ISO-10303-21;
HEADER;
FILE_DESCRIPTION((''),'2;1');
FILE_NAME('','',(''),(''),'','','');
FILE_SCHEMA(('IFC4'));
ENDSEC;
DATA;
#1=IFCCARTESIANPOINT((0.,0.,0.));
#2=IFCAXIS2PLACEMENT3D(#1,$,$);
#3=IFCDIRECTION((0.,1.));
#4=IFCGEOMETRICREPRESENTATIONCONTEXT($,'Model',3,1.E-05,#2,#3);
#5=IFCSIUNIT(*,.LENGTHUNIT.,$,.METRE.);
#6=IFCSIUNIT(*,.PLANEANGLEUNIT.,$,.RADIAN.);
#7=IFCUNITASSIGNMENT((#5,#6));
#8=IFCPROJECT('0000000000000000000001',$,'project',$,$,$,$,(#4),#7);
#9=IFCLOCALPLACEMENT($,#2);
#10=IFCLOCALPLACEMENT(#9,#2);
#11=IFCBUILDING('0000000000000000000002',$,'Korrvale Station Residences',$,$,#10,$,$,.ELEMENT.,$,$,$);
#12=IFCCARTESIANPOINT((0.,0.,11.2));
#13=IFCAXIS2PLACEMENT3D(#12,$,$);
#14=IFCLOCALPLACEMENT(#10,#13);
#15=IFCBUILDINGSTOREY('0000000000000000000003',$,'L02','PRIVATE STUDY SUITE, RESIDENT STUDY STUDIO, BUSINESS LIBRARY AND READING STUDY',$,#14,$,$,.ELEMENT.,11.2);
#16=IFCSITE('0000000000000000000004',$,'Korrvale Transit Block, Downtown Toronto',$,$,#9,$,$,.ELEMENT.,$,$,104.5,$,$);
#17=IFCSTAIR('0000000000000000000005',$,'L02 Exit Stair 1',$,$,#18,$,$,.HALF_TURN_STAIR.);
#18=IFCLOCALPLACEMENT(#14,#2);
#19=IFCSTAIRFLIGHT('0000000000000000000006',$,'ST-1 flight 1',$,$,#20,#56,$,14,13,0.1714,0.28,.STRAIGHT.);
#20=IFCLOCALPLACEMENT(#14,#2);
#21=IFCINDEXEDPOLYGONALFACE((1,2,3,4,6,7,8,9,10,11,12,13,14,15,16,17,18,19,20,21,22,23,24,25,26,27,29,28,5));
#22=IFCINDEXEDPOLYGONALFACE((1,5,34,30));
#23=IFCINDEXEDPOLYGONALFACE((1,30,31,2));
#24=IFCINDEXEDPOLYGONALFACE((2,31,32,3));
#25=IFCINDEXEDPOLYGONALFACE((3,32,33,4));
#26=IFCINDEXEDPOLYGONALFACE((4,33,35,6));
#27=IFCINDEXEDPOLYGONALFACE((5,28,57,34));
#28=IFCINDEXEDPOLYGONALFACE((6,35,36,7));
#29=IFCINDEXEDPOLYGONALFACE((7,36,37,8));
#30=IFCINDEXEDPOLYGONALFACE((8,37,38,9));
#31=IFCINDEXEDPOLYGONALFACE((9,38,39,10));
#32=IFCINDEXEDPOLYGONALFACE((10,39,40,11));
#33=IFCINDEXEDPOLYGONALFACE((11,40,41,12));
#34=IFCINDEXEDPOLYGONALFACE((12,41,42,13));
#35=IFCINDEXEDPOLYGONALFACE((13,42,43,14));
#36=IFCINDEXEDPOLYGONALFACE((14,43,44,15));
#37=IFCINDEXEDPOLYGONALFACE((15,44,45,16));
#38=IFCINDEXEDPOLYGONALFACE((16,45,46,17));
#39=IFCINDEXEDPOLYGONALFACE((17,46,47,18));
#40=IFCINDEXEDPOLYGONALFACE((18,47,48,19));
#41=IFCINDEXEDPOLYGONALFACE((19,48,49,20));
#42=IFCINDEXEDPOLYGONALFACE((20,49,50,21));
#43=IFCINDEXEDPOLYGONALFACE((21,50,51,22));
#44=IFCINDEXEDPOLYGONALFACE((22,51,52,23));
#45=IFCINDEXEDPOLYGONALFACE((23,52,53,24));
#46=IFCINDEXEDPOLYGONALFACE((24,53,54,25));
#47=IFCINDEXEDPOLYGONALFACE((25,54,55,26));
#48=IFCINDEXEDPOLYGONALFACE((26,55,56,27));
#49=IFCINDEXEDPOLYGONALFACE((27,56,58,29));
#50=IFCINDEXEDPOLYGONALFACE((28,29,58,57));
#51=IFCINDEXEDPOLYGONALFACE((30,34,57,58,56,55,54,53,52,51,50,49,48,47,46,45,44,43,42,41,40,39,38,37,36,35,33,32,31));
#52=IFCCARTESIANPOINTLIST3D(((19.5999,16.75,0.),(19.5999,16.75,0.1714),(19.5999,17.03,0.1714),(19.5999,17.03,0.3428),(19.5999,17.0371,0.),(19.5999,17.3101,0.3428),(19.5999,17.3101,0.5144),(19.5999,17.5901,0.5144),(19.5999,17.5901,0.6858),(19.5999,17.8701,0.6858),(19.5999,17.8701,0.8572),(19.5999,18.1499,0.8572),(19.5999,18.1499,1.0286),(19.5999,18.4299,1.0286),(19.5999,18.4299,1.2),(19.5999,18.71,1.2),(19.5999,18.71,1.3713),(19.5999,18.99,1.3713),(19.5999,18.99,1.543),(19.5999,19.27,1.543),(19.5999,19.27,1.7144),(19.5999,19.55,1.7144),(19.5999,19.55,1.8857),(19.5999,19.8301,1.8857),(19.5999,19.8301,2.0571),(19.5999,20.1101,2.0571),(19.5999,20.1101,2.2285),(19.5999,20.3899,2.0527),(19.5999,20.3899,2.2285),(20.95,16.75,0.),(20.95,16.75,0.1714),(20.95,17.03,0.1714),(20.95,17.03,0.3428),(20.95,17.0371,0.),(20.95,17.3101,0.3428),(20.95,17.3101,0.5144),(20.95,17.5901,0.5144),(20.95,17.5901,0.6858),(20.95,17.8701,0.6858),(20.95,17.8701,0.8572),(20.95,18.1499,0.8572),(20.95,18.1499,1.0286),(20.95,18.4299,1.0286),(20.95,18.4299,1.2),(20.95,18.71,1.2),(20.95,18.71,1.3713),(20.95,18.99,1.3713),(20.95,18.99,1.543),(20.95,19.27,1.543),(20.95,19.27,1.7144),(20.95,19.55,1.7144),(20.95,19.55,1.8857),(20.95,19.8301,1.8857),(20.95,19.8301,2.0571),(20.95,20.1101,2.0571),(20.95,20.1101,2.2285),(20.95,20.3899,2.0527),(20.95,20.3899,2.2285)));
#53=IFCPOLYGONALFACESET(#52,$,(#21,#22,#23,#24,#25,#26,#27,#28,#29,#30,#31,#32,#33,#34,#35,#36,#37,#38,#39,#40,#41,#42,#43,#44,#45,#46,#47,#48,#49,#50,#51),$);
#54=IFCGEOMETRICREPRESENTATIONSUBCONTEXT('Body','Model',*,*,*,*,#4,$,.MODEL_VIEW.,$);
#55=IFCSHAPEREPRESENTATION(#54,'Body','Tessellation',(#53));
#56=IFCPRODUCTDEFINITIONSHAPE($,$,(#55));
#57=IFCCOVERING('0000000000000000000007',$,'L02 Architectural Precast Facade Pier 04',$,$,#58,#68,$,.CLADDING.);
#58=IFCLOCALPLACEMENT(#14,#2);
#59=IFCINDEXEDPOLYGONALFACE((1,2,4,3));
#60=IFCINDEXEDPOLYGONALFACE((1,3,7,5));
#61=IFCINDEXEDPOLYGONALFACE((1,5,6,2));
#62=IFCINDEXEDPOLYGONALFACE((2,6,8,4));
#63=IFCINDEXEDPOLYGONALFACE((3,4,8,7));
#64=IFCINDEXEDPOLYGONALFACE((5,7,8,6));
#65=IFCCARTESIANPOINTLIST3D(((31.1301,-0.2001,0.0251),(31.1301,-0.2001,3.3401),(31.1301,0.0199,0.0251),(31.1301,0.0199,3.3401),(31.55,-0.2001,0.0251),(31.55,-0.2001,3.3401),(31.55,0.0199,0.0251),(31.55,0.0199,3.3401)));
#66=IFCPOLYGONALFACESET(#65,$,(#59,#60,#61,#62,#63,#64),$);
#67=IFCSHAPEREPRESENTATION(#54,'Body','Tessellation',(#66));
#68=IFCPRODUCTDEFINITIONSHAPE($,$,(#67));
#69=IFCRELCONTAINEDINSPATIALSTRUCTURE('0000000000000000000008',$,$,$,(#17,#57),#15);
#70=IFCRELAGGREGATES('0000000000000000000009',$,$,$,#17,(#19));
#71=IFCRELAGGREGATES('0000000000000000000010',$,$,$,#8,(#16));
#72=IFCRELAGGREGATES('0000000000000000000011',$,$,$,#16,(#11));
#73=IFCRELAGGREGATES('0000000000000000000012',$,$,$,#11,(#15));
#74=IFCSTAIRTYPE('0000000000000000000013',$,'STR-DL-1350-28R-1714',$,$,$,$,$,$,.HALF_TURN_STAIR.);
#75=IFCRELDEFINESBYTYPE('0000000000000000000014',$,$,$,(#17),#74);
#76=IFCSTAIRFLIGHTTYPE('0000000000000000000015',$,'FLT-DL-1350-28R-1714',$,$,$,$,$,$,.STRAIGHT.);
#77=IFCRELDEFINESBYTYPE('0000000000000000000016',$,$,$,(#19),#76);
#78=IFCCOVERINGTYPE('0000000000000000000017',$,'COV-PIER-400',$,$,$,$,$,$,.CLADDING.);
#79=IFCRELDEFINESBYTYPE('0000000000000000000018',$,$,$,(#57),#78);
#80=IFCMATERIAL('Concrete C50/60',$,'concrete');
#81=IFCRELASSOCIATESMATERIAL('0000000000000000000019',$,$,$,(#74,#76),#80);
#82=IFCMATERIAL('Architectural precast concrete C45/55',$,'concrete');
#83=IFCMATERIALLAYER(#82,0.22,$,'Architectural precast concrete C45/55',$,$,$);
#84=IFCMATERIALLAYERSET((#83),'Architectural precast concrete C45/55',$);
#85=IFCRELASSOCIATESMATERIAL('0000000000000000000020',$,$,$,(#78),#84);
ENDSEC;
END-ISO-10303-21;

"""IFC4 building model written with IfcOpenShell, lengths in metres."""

from ifc_helpers import new_model, si_unit, direction, frame, origin, origin_2d, place, context, subcontext, project, spatial, polyline, rectangle, outline, extrude, material, layer, layer_set, type_object, element, aggregate, save


model = new_model("IFC4")

# Units and contexts
model_context = context("Model", 3, precision=1e-05, world=origin(), true_north=direction((0.0, 1.0)))
body_context = subcontext(model_context, "Body", "Model", "MODEL_VIEW")
ifc_project = project(units=[si_unit("LENGTHUNIT", "METRE"), si_unit("PLANEANGLEUNIT", "RADIAN")], contexts=[model_context])

# Site, building, storey
site_placement = place(None, origin())
site = spatial("IfcSite", under=ifc_project, at=site_placement, Name="Korrvale Transit Block, Downtown Toronto", CompositionType="ELEMENT", RefElevation=104.5)
building_placement = place(site_placement, origin())
building = spatial("IfcBuilding", under=site, at=building_placement, Name="Korrvale Station Residences", CompositionType="ELEMENT")
storey_placement = place(building_placement, frame((0.0, 0.0, 11.2)))
storey = spatial("IfcBuildingStorey", under=building, at=storey_placement, Name="L02", Description="PRIVATE STUDY SUITE, RESIDENT STUDY STUDIO, BUSINESS LIBRARY AND READING STUDY", CompositionType="ELEMENT", Elevation=11.2)

# Stair, stair flight
ifc_material_1 = material(Name="Concrete C50/60", Category="concrete")
stair_type = type_object("IfcStairType", Name="STR-DL-1350-28R-1714", PredefinedType="HALF_TURN_STAIR", material=ifc_material_1)
stair_placement = place(storey_placement, origin())
stair = element("IfcStair", 1, at=stair_placement, inside=storey, type_object=stair_type, Name="L02 Exit Stair 1", PredefinedType="HALF_TURN_STAIR")
stair_flight_type = type_object("IfcStairFlightType", Name="FLT-DL-1350-28R-1714", PredefinedType="STRAIGHT", material=ifc_material_1)
stair_flight_placement = place(storey_placement, frame((20.2749, 16.75, 0.0), z_axis=(0.0, 0.0, 1.0), x_axis=(0.0, 1.0, 0.0)))
stair_flight = element("IfcStairFlight", 2, at=stair_flight_placement, type_object=stair_flight_type, Name="ST-1 flight 1", NumberOfRisers=14, NumberOfTreads=13, PredefinedType="STRAIGHT", RiserHeight=0.1714, TreadLength=0.28, context=body_context, shape_type="SweptSolid", body=[
    extrude(outline(polyline([(0.0, 0.0), (0.0, 0.1714), (0.28, 0.1714), (0.28, 0.3428), (0.5601, 0.3428), (0.5601, 0.5144), (0.8401, 0.5144), (0.8401, 0.6858), (1.1201, 0.6858), (1.1201, 0.8572), (1.3999, 0.8572), (1.3999, 1.0286), (1.6799, 1.0286), (1.6799, 1.2), (1.96, 1.2), (1.96, 1.3713), (2.24, 1.3713), (2.24, 1.543), (2.52, 1.543), (2.52, 1.7144), (2.8, 1.7144), (2.8, 1.8857), (3.0801, 1.8857), (3.0801, 2.0571), (3.3601, 2.0571), (3.3601, 2.2285), (3.6399, 2.2285), (3.6399, 2.3999), (3.6399, 2.0527), (0.2871, 0.0), (0.0, 0.0)])), frame((0.0, 0.675, 0.0), z_axis=(0.0, -1.0, 0.0), x_axis=(1.0, 0.0, 0.0)), (0.0, 0.0, 1.0), 1.3501),
])
aggregate(stair, [stair_flight])

# Covering
ifc_material_2 = material(Name="Architectural precast concrete C45/55", Category="concrete")
ifc_layer_1 = layer(ifc_material_2, 0.22, Name="Architectural precast concrete C45/55")
ifc_layer_set_1 = layer_set([ifc_layer_1], Name="Architectural precast concrete C45/55")
covering_type = type_object("IfcCoveringType", Name="COV-PIER-400", PredefinedType="CLADDING", material=ifc_layer_set_1)
covering_placement = place(storey_placement, frame((31.3401, -0.0901, 0.0251), z_axis=(0.0, 0.0, 1.0), x_axis=(1.0, 0.0, 0.0)))
element("IfcCovering", 3, at=covering_placement, inside=storey, type_object=covering_type, Name="L02 Architectural Precast Facade Pier 04", PredefinedType="CLADDING", context=body_context, shape_type="SweptSolid", body=[
    extrude(rectangle(XDim=0.4199, YDim=0.22, at=origin_2d()), origin(), (0.0, 0.0, 1.0), 3.3149),
])

save(model, "model.ifc")
